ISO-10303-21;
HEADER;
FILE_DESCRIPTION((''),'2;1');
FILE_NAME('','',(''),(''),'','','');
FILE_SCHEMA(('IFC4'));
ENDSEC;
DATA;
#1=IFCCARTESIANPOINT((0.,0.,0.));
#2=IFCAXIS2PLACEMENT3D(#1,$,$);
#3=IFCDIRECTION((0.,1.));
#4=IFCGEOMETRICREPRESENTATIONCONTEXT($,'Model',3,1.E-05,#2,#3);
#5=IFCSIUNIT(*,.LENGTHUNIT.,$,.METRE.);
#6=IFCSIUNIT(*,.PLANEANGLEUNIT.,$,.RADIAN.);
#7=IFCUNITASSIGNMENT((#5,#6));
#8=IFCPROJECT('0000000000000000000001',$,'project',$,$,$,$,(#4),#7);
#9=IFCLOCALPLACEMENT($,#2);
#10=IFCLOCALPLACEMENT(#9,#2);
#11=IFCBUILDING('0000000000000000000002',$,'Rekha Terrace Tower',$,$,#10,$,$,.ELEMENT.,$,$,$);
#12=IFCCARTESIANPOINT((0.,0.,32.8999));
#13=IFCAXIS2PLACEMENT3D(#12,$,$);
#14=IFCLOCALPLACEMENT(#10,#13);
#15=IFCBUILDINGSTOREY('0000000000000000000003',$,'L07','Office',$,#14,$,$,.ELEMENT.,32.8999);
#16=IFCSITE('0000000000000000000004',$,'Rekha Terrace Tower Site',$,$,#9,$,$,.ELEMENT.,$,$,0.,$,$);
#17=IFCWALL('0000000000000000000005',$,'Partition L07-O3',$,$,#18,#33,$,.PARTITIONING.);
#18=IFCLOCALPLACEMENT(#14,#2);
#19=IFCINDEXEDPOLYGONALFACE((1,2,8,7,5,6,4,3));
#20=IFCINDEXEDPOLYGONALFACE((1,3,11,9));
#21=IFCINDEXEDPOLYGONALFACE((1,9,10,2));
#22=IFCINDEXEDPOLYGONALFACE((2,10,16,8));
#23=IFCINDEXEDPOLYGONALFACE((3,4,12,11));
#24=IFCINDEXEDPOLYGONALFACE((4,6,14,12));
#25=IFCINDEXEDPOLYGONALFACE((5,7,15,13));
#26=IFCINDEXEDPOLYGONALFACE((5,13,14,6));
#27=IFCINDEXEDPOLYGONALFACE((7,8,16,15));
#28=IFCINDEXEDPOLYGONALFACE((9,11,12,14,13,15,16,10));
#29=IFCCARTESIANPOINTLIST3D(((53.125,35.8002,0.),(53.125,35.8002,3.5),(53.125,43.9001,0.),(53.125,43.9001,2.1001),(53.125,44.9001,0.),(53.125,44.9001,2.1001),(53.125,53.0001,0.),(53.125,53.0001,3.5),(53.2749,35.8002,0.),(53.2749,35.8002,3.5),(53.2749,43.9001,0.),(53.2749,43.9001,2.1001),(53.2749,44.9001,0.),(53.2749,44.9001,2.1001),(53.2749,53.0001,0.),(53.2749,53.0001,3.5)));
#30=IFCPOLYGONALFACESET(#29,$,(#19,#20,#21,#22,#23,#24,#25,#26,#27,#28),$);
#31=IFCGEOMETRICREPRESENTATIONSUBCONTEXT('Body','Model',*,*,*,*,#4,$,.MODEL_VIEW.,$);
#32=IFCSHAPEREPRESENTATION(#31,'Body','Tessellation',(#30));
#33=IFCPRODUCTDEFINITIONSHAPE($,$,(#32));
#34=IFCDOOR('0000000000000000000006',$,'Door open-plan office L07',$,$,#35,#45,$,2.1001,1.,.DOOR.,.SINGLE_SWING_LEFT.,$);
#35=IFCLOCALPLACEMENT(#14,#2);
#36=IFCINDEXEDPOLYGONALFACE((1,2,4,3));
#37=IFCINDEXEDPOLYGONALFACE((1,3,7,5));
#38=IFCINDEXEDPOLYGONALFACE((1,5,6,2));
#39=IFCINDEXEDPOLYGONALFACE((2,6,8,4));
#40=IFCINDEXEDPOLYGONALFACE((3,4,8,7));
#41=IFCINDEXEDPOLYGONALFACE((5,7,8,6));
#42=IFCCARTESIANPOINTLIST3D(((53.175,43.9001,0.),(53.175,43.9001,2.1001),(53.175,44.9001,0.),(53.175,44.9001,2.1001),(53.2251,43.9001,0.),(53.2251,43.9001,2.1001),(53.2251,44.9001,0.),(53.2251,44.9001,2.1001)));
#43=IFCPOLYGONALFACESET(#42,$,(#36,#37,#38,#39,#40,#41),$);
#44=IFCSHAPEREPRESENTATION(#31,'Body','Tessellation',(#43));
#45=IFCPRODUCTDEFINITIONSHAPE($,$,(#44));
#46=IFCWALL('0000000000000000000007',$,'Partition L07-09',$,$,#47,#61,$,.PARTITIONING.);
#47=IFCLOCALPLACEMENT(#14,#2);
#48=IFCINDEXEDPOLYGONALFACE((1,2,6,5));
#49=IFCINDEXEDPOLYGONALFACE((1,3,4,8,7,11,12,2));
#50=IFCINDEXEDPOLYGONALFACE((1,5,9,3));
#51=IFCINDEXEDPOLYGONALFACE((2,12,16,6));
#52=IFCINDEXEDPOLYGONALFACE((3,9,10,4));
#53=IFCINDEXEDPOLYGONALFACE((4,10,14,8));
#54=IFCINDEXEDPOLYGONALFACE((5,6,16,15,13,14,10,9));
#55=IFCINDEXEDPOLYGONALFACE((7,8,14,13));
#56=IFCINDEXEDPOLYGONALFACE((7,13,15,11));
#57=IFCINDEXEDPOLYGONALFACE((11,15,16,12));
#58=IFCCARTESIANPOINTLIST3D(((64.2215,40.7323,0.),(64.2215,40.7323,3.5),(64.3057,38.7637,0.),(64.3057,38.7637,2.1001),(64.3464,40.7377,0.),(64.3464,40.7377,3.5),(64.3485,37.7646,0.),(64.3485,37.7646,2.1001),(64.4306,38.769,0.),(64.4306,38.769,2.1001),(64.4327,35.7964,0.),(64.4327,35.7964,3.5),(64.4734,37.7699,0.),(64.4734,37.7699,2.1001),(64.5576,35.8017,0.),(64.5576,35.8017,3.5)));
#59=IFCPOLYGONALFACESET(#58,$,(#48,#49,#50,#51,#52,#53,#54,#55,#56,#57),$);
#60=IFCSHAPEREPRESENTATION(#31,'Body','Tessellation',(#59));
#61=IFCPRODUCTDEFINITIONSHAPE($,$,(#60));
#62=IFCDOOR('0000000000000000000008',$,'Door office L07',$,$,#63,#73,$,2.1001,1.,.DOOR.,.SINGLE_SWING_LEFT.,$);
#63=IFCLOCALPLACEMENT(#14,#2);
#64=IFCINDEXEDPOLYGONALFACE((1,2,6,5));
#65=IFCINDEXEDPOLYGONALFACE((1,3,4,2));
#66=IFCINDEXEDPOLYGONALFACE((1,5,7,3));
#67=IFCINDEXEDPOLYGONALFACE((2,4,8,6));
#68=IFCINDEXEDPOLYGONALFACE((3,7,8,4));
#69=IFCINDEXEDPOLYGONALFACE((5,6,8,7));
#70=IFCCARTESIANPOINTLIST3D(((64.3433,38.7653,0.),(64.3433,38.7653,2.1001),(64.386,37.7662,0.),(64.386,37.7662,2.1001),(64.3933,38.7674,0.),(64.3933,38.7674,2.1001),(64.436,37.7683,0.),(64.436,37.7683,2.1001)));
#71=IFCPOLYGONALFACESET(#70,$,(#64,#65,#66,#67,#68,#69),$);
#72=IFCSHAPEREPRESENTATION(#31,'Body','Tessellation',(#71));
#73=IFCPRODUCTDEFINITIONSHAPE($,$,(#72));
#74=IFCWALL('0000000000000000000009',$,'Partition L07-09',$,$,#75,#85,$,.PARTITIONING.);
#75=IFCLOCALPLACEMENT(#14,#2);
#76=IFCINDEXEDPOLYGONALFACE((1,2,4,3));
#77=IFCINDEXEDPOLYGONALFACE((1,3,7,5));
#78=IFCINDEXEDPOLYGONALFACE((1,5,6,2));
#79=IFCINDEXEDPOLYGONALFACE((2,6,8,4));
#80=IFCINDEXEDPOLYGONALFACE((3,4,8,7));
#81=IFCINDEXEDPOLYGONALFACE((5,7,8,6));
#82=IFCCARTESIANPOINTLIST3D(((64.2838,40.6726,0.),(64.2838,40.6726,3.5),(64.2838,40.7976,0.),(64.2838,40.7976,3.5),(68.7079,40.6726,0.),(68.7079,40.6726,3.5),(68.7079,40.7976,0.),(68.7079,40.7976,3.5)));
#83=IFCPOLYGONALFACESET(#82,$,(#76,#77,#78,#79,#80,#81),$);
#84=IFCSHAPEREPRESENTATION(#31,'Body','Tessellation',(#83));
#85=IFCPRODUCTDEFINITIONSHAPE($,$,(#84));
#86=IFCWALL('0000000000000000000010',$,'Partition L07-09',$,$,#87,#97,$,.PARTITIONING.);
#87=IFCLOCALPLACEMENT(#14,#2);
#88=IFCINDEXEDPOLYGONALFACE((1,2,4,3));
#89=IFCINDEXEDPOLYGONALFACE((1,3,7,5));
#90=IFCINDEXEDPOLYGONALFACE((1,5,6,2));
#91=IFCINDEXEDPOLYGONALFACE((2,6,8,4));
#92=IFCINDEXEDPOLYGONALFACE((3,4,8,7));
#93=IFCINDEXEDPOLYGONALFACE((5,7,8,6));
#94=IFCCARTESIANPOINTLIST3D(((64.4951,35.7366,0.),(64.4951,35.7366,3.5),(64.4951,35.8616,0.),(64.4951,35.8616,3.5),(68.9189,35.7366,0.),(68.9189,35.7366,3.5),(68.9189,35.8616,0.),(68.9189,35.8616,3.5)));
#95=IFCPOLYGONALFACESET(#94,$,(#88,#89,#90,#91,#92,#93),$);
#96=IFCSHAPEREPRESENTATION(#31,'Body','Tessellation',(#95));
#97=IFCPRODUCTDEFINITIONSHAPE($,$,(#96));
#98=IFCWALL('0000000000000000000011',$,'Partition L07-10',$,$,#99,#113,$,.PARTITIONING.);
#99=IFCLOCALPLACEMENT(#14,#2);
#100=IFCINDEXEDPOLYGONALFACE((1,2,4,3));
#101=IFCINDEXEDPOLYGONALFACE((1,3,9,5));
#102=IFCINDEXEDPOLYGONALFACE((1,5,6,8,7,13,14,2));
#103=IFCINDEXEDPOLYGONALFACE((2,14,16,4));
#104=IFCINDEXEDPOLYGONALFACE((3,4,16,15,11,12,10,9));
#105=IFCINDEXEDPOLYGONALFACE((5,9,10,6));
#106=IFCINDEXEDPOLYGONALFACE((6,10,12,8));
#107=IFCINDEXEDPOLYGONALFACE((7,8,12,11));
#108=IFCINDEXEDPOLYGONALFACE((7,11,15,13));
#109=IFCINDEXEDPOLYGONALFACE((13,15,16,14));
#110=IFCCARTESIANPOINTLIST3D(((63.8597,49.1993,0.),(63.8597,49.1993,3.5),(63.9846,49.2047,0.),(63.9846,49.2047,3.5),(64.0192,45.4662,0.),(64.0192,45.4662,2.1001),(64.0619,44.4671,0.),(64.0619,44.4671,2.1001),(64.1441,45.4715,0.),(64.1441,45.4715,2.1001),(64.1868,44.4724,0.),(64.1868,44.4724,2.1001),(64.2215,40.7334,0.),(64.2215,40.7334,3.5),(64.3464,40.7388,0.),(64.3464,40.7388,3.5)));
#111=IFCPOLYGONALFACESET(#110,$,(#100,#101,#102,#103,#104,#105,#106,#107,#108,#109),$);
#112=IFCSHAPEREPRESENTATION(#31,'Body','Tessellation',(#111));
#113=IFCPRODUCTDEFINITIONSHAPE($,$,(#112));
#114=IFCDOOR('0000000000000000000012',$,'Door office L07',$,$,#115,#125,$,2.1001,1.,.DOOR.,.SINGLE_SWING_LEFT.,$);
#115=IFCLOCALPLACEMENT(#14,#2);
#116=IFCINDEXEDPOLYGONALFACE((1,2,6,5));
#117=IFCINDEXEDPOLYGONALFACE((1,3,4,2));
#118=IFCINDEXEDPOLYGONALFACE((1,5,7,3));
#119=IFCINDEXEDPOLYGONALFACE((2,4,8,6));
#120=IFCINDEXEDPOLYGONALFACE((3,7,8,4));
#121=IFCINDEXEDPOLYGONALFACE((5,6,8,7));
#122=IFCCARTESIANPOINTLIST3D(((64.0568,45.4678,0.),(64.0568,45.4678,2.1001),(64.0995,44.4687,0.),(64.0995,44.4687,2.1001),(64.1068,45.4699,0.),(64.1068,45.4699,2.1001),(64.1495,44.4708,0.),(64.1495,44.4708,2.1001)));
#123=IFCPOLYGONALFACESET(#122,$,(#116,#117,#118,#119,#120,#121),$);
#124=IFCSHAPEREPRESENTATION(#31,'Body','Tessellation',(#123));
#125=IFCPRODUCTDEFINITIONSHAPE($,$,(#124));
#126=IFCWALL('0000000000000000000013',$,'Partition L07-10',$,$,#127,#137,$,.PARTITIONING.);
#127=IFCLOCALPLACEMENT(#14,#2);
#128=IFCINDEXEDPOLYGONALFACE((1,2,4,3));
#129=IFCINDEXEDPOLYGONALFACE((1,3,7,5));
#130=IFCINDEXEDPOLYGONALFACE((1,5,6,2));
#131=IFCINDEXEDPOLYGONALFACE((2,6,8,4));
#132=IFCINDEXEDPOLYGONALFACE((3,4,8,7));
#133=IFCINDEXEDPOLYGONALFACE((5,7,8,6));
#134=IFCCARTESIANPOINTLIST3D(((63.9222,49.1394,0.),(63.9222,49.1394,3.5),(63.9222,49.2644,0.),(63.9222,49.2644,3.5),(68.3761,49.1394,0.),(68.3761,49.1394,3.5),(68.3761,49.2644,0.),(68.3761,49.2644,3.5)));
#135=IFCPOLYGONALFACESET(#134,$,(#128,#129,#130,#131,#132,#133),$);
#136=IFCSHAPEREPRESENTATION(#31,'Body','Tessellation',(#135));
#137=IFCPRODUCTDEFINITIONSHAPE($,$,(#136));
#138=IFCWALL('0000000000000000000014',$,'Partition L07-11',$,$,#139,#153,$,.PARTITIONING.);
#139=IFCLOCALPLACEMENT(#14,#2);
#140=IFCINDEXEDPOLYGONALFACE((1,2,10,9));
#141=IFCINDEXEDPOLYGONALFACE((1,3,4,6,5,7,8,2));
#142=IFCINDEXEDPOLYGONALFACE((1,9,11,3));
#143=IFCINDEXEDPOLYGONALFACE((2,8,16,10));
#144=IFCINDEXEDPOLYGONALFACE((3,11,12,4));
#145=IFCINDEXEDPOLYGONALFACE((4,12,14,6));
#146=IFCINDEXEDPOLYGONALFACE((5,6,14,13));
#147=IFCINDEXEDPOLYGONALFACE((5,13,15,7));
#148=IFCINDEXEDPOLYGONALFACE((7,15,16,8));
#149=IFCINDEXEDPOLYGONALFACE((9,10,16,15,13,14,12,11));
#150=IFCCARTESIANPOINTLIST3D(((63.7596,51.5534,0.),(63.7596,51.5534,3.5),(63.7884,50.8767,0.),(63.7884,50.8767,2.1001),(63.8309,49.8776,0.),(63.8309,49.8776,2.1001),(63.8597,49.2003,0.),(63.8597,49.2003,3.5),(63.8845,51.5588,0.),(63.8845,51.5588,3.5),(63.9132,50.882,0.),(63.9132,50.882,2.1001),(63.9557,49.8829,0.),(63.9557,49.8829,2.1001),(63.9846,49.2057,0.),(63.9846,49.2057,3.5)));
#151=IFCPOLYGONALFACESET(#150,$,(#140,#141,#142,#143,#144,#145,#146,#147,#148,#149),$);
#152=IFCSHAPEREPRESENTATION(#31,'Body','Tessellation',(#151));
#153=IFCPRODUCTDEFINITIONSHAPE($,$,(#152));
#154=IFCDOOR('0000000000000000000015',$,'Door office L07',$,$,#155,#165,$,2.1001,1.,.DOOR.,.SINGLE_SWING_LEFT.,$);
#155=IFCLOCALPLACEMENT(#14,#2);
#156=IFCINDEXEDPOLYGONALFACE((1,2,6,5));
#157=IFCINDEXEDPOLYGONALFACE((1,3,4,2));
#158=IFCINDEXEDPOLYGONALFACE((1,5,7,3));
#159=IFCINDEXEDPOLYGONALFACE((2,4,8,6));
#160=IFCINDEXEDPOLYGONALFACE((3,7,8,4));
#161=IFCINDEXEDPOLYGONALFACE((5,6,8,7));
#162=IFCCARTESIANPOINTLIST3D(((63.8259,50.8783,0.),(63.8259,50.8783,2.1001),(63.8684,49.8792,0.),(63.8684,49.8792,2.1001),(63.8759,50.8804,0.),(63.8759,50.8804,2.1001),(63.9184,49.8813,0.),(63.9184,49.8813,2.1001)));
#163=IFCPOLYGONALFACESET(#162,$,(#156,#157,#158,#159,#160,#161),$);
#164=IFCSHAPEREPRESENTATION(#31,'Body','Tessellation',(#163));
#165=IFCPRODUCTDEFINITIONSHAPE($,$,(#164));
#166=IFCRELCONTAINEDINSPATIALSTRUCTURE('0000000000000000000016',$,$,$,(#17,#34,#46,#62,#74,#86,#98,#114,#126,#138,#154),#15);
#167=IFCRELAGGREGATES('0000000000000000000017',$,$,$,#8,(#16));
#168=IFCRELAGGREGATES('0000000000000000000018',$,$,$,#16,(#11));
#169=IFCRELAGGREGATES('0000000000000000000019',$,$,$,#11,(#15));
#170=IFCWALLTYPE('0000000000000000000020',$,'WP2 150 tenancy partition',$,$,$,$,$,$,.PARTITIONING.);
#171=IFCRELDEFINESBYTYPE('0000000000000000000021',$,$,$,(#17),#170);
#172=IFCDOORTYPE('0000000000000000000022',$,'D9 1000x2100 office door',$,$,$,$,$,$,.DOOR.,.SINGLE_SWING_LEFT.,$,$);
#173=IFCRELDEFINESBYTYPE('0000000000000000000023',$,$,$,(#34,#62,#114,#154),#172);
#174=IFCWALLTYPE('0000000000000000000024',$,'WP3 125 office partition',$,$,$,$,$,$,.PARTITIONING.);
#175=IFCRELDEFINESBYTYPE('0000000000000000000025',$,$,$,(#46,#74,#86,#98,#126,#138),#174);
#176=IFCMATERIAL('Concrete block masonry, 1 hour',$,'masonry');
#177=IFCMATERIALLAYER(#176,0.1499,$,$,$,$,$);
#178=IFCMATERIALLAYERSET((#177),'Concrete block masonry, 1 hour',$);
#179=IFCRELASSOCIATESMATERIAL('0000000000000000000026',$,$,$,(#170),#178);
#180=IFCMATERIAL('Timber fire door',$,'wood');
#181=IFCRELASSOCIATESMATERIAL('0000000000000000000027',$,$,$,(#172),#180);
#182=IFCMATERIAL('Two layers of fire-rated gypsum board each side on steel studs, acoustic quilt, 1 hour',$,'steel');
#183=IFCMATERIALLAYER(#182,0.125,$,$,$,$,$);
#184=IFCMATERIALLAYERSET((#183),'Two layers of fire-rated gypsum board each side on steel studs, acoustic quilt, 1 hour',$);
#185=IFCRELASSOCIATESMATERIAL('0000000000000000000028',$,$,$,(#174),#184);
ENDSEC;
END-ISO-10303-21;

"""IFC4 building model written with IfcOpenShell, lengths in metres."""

from ifc_helpers import new_model, si_unit, direction, frame, frame_2d, origin, place, context, subcontext, project, spatial, rectangle, extrude, material, layer, layer_set, type_object, element, fill, save


model = new_model("IFC4")

# Units and contexts
model_context = context("Model", 3, precision=1e-05, world=origin(), true_north=direction((0.0, 1.0)))
body_context = subcontext(model_context, "Body", "Model", "MODEL_VIEW")
ifc_project = project(units=[si_unit("LENGTHUNIT", "METRE"), si_unit("PLANEANGLEUNIT", "RADIAN")], contexts=[model_context])

# Site, building, storey
site_placement = place(None, origin())
site = spatial("IfcSite", under=ifc_project, at=site_placement, Name="Rekha Terrace Tower Site", CompositionType="ELEMENT", RefElevation=0.0)
building_placement = place(site_placement, origin())
building = spatial("IfcBuilding", under=site, at=building_placement, Name="Rekha Terrace Tower", CompositionType="ELEMENT")
storey_placement = place(building_placement, frame((0.0, 0.0, 32.8999)))
storey = spatial("IfcBuildingStorey", under=building, at=storey_placement, Name="L07", Description="Office", CompositionType="ELEMENT", Elevation=32.8999)

# Shared definitions
ifc_material_1 = material(Name="Concrete block masonry, 1 hour", Category="masonry")
ifc_layer_1 = layer(ifc_material_1, 0.1499)
ifc_layer_set_1 = layer_set([ifc_layer_1], Name="Concrete block masonry, 1 hour")
wall_type_1 = type_object("IfcWallType", Name="WP2 150 tenancy partition", PredefinedType="PARTITIONING", material=ifc_layer_set_1)

# Walls, openings, doors
wall_1_placement = place(storey_placement, frame((53.2, 35.8, 0.0), z_axis=(0.0, 0.0, 1.0), x_axis=(0.0, 1.0, 0.0)))
wall_1 = element("IfcWall", 1, at=wall_1_placement, inside=storey, type_object=wall_type_1, Name="Partition L07-O3", PredefinedType="PARTITIONING", context=body_context, shape_type="SweptSolid", body=[
    extrude(rectangle(XDim=17.2, YDim=0.1499, at=frame_2d((8.6001, 0.0))), origin(), (0.0, 0.0, 1.0), 3.5),
])
opening_1_placement = place(wall_1_placement, frame((8.1001, 0.0, 0.0)))
opening_1 = element("IfcOpeningElement", 2, at=opening_1_placement, cuts=wall_1, PredefinedType="OPENING", context=body_context, shape_type="SweptSolid", body=[
    extrude(rectangle(XDim=1.0, YDim=2.1001, at=frame_2d((0.5, 1.05))), frame((0.0, 0.085, 0.0), z_axis=(0.0, -1.0, 0.0), x_axis=(1.0, 0.0, 0.0)), (0.0, 0.0, 1.0), 0.1699),
])
ifc_material_2 = material(Name="Timber fire door", Category="wood")
door_type = type_object("IfcDoorType", Name="D9 1000x2100 office door", OperationType="SINGLE_SWING_LEFT", PredefinedType="DOOR", material=ifc_material_2)
door_1_placement = place(opening_1_placement, origin())
door_1 = element("IfcDoor", 3, at=door_1_placement, inside=storey, type_object=door_type, Name="Door open-plan office L07", OperationType="SINGLE_SWING_LEFT", OverallHeight=2.1001, OverallWidth=1.0, PredefinedType="DOOR", context=body_context, shape_type="SweptSolid", body=[
    extrude(rectangle(XDim=1.0, YDim=2.1001, at=frame_2d((0.5, 1.05))), frame((0.0, 0.0249, 0.0), z_axis=(0.0, -1.0, 0.0), x_axis=(1.0, 0.0, 0.0)), (0.0, 0.0, 1.0), 0.05),
])
fill(opening_1, door_1)
ifc_material_3 = material(Name="Two layers of fire-rated gypsum board each side on steel studs, acoustic quilt, 1 hour", Category="steel")
ifc_layer_2 = layer(ifc_material_3, 0.125)
ifc_layer_set_2 = layer_set([ifc_layer_2], Name="Two layers of fire-rated gypsum board each side on steel studs, acoustic quilt, 1 hour")
wall_type_2 = type_object("IfcWallType", Name="WP3 125 office partition", PredefinedType="PARTITIONING", material=ifc_layer_set_2)
wall_2_placement = place(storey_placement, frame((64.4951, 35.7991, 0.0), z_axis=(0.0, 0.0, 1.0), x_axis=(-0.042745, 0.999086, 0.0)))
wall_2 = element("IfcWall", 4, at=wall_2_placement, inside=storey, type_object=wall_type_2, Name="Partition L07-09", PredefinedType="PARTITIONING", context=body_context, shape_type="SweptSolid", body=[
    extrude(rectangle(XDim=4.9404, YDim=0.125, at=frame_2d((2.4702, 0.0))), origin(), (0.0, 0.0, 1.0), 3.5),
])
opening_2_placement = place(wall_2_placement, frame((1.97, 0.0, 0.0)))
opening_2 = element("IfcOpeningElement", 5, at=opening_2_placement, cuts=wall_2, PredefinedType="OPENING", context=body_context, shape_type="SweptSolid", body=[
    extrude(rectangle(XDim=1.0, YDim=2.1001, at=frame_2d((0.5, 1.05))), frame((0.0, 0.0725, 0.0), z_axis=(0.0, -1.0, 0.0), x_axis=(1.0, 0.0, 0.0)), (0.0, 0.0, 1.0), 0.145),
])
door_2_placement = place(opening_2_placement, origin())
door_2 = element("IfcDoor", 6, at=door_2_placement, inside=storey, type_object=door_type, Name="Door office L07", OperationType="SINGLE_SWING_LEFT", OverallHeight=2.1001, OverallWidth=1.0, PredefinedType="DOOR", context=body_context, shape_type="SweptSolid", body=[
    extrude(rectangle(XDim=1.0, YDim=2.1001, at=frame_2d((0.5, 1.05))), frame((0.0, 0.0249, 0.0), z_axis=(0.0, -1.0, 0.0), x_axis=(1.0, 0.0, 0.0)), (0.0, 0.0, 1.0), 0.05),
])
fill(opening_2, door_2)

# Walls
wall_3_placement = place(storey_placement, frame((64.2839, 40.7351, 0.0), z_axis=(0.0, 0.0, 1.0), x_axis=(1.0, 0.0, 0.0)))
element("IfcWall", 7, at=wall_3_placement, inside=storey, type_object=wall_type_2, Name="Partition L07-09", PredefinedType="PARTITIONING", context=body_context, shape_type="SweptSolid", body=[
    extrude(rectangle(XDim=4.4241, YDim=0.125, at=frame_2d((2.2119, 0.0))), origin(), (0.0, 0.0, 1.0), 3.5),
])
wall_4_placement = place(storey_placement, frame((68.9189, 35.7991, 0.0), z_axis=(0.0, 0.0, 1.0), x_axis=(-1.0, 0.0, 0.0)))
element("IfcWall", 8, at=wall_4_placement, inside=storey, type_object=wall_type_2, Name="Partition L07-09", PredefinedType="PARTITIONING", context=body_context, shape_type="SweptSolid", body=[
    extrude(rectangle(XDim=4.4238, YDim=0.125, at=frame_2d((2.2119, 0.0))), origin(), (0.0, 0.0, 1.0), 3.5),
])

# Wall, opening, door
wall_5_placement = place(storey_placement, frame((64.2839, 40.7361, 0.0), z_axis=(0.0, 0.0, 1.0), x_axis=(-0.0427, 0.999088, 0.0)))
wall_5 = element("IfcWall", 9, at=wall_5_placement, inside=storey, type_object=wall_type_2, Name="Partition L07-10", PredefinedType="PARTITIONING", context=body_context, shape_type="SweptSolid", body=[
    extrude(rectangle(XDim=8.4736, YDim=0.125, at=frame_2d((4.2368, 0.0))), origin(), (0.0, 0.0, 1.0), 3.5),
])
opening_3_placement = place(wall_5_placement, frame((3.7371, 0.0, 0.0)))
opening_3 = element("IfcOpeningElement", 10, at=opening_3_placement, cuts=wall_5, PredefinedType="OPENING", context=body_context, shape_type="SweptSolid", body=[
    extrude(rectangle(XDim=1.0, YDim=2.1001, at=frame_2d((0.5, 1.05))), frame((0.0, 0.0725, 0.0), z_axis=(0.0, -1.0, 0.0), x_axis=(1.0, 0.0, 0.0)), (0.0, 0.0, 1.0), 0.145),
])
door_3_placement = place(opening_3_placement, origin())
door_3 = element("IfcDoor", 11, at=door_3_placement, inside=storey, type_object=door_type, Name="Door office L07", OperationType="SINGLE_SWING_LEFT", OverallHeight=2.1001, OverallWidth=1.0, PredefinedType="DOOR", context=body_context, shape_type="SweptSolid", body=[
    extrude(rectangle(XDim=1.0, YDim=2.1001, at=frame_2d((0.5, 1.05))), frame((0.0, 0.0249, 0.0), z_axis=(0.0, -1.0, 0.0), x_axis=(1.0, 0.0, 0.0)), (0.0, 0.0, 1.0), 0.05),
])
fill(opening_3, door_3)

# Wall
wall_6_placement = place(storey_placement, frame((63.9221, 49.2019, 0.0), z_axis=(0.0, 0.0, 1.0), x_axis=(1.0, 0.0, 0.0)))
element("IfcWall", 12, at=wall_6_placement, inside=storey, type_object=wall_type_2, Name="Partition L07-10", PredefinedType="PARTITIONING", context=body_context, shape_type="SweptSolid", body=[
    extrude(rectangle(XDim=4.4539, YDim=0.125, at=frame_2d((2.2271, 0.0))), origin(), (0.0, 0.0, 1.0), 3.5),
])

# Wall, opening, door
wall_7_placement = place(storey_placement, frame((63.9221, 49.2029, 0.0), z_axis=(0.0, 0.0, 1.0), x_axis=(-0.042502, 0.999096, 0.0)))
wall_7 = element("IfcWall", 13, at=wall_7_placement, inside=storey, type_object=wall_type_2, Name="Partition L07-11", PredefinedType="PARTITIONING", context=body_context, shape_type="SweptSolid", body=[
    extrude(rectangle(XDim=2.3552, YDim=0.125, at=frame_2d((1.1777, 0.0))), origin(), (0.0, 0.0, 1.0), 3.5),
])
opening_4_placement = place(wall_7_placement, frame((0.678, 0.0, 0.0)))
opening_4 = element("IfcOpeningElement", 14, at=opening_4_placement, cuts=wall_7, PredefinedType="OPENING", context=body_context, shape_type="SweptSolid", body=[
    extrude(rectangle(XDim=1.0, YDim=2.1001, at=frame_2d((0.5, 1.05))), frame((0.0, 0.0725, 0.0), z_axis=(0.0, -1.0, 0.0), x_axis=(1.0, 0.0, 0.0)), (0.0, 0.0, 1.0), 0.145),
])
door_4_placement = place(opening_4_placement, origin())
door_4 = element("IfcDoor", 15, at=door_4_placement, inside=storey, type_object=door_type, Name="Door office L07", OperationType="SINGLE_SWING_LEFT", OverallHeight=2.1001, OverallWidth=1.0, PredefinedType="DOOR", context=body_context, shape_type="SweptSolid", body=[
    extrude(rectangle(XDim=1.0, YDim=2.1001, at=frame_2d((0.5, 1.05))), frame((0.0, 0.0249, 0.0), z_axis=(0.0, -1.0, 0.0), x_axis=(1.0, 0.0, 0.0)), (0.0, 0.0, 1.0), 0.05),
])
fill(opening_4, door_4)

save(model, "model.ifc")
